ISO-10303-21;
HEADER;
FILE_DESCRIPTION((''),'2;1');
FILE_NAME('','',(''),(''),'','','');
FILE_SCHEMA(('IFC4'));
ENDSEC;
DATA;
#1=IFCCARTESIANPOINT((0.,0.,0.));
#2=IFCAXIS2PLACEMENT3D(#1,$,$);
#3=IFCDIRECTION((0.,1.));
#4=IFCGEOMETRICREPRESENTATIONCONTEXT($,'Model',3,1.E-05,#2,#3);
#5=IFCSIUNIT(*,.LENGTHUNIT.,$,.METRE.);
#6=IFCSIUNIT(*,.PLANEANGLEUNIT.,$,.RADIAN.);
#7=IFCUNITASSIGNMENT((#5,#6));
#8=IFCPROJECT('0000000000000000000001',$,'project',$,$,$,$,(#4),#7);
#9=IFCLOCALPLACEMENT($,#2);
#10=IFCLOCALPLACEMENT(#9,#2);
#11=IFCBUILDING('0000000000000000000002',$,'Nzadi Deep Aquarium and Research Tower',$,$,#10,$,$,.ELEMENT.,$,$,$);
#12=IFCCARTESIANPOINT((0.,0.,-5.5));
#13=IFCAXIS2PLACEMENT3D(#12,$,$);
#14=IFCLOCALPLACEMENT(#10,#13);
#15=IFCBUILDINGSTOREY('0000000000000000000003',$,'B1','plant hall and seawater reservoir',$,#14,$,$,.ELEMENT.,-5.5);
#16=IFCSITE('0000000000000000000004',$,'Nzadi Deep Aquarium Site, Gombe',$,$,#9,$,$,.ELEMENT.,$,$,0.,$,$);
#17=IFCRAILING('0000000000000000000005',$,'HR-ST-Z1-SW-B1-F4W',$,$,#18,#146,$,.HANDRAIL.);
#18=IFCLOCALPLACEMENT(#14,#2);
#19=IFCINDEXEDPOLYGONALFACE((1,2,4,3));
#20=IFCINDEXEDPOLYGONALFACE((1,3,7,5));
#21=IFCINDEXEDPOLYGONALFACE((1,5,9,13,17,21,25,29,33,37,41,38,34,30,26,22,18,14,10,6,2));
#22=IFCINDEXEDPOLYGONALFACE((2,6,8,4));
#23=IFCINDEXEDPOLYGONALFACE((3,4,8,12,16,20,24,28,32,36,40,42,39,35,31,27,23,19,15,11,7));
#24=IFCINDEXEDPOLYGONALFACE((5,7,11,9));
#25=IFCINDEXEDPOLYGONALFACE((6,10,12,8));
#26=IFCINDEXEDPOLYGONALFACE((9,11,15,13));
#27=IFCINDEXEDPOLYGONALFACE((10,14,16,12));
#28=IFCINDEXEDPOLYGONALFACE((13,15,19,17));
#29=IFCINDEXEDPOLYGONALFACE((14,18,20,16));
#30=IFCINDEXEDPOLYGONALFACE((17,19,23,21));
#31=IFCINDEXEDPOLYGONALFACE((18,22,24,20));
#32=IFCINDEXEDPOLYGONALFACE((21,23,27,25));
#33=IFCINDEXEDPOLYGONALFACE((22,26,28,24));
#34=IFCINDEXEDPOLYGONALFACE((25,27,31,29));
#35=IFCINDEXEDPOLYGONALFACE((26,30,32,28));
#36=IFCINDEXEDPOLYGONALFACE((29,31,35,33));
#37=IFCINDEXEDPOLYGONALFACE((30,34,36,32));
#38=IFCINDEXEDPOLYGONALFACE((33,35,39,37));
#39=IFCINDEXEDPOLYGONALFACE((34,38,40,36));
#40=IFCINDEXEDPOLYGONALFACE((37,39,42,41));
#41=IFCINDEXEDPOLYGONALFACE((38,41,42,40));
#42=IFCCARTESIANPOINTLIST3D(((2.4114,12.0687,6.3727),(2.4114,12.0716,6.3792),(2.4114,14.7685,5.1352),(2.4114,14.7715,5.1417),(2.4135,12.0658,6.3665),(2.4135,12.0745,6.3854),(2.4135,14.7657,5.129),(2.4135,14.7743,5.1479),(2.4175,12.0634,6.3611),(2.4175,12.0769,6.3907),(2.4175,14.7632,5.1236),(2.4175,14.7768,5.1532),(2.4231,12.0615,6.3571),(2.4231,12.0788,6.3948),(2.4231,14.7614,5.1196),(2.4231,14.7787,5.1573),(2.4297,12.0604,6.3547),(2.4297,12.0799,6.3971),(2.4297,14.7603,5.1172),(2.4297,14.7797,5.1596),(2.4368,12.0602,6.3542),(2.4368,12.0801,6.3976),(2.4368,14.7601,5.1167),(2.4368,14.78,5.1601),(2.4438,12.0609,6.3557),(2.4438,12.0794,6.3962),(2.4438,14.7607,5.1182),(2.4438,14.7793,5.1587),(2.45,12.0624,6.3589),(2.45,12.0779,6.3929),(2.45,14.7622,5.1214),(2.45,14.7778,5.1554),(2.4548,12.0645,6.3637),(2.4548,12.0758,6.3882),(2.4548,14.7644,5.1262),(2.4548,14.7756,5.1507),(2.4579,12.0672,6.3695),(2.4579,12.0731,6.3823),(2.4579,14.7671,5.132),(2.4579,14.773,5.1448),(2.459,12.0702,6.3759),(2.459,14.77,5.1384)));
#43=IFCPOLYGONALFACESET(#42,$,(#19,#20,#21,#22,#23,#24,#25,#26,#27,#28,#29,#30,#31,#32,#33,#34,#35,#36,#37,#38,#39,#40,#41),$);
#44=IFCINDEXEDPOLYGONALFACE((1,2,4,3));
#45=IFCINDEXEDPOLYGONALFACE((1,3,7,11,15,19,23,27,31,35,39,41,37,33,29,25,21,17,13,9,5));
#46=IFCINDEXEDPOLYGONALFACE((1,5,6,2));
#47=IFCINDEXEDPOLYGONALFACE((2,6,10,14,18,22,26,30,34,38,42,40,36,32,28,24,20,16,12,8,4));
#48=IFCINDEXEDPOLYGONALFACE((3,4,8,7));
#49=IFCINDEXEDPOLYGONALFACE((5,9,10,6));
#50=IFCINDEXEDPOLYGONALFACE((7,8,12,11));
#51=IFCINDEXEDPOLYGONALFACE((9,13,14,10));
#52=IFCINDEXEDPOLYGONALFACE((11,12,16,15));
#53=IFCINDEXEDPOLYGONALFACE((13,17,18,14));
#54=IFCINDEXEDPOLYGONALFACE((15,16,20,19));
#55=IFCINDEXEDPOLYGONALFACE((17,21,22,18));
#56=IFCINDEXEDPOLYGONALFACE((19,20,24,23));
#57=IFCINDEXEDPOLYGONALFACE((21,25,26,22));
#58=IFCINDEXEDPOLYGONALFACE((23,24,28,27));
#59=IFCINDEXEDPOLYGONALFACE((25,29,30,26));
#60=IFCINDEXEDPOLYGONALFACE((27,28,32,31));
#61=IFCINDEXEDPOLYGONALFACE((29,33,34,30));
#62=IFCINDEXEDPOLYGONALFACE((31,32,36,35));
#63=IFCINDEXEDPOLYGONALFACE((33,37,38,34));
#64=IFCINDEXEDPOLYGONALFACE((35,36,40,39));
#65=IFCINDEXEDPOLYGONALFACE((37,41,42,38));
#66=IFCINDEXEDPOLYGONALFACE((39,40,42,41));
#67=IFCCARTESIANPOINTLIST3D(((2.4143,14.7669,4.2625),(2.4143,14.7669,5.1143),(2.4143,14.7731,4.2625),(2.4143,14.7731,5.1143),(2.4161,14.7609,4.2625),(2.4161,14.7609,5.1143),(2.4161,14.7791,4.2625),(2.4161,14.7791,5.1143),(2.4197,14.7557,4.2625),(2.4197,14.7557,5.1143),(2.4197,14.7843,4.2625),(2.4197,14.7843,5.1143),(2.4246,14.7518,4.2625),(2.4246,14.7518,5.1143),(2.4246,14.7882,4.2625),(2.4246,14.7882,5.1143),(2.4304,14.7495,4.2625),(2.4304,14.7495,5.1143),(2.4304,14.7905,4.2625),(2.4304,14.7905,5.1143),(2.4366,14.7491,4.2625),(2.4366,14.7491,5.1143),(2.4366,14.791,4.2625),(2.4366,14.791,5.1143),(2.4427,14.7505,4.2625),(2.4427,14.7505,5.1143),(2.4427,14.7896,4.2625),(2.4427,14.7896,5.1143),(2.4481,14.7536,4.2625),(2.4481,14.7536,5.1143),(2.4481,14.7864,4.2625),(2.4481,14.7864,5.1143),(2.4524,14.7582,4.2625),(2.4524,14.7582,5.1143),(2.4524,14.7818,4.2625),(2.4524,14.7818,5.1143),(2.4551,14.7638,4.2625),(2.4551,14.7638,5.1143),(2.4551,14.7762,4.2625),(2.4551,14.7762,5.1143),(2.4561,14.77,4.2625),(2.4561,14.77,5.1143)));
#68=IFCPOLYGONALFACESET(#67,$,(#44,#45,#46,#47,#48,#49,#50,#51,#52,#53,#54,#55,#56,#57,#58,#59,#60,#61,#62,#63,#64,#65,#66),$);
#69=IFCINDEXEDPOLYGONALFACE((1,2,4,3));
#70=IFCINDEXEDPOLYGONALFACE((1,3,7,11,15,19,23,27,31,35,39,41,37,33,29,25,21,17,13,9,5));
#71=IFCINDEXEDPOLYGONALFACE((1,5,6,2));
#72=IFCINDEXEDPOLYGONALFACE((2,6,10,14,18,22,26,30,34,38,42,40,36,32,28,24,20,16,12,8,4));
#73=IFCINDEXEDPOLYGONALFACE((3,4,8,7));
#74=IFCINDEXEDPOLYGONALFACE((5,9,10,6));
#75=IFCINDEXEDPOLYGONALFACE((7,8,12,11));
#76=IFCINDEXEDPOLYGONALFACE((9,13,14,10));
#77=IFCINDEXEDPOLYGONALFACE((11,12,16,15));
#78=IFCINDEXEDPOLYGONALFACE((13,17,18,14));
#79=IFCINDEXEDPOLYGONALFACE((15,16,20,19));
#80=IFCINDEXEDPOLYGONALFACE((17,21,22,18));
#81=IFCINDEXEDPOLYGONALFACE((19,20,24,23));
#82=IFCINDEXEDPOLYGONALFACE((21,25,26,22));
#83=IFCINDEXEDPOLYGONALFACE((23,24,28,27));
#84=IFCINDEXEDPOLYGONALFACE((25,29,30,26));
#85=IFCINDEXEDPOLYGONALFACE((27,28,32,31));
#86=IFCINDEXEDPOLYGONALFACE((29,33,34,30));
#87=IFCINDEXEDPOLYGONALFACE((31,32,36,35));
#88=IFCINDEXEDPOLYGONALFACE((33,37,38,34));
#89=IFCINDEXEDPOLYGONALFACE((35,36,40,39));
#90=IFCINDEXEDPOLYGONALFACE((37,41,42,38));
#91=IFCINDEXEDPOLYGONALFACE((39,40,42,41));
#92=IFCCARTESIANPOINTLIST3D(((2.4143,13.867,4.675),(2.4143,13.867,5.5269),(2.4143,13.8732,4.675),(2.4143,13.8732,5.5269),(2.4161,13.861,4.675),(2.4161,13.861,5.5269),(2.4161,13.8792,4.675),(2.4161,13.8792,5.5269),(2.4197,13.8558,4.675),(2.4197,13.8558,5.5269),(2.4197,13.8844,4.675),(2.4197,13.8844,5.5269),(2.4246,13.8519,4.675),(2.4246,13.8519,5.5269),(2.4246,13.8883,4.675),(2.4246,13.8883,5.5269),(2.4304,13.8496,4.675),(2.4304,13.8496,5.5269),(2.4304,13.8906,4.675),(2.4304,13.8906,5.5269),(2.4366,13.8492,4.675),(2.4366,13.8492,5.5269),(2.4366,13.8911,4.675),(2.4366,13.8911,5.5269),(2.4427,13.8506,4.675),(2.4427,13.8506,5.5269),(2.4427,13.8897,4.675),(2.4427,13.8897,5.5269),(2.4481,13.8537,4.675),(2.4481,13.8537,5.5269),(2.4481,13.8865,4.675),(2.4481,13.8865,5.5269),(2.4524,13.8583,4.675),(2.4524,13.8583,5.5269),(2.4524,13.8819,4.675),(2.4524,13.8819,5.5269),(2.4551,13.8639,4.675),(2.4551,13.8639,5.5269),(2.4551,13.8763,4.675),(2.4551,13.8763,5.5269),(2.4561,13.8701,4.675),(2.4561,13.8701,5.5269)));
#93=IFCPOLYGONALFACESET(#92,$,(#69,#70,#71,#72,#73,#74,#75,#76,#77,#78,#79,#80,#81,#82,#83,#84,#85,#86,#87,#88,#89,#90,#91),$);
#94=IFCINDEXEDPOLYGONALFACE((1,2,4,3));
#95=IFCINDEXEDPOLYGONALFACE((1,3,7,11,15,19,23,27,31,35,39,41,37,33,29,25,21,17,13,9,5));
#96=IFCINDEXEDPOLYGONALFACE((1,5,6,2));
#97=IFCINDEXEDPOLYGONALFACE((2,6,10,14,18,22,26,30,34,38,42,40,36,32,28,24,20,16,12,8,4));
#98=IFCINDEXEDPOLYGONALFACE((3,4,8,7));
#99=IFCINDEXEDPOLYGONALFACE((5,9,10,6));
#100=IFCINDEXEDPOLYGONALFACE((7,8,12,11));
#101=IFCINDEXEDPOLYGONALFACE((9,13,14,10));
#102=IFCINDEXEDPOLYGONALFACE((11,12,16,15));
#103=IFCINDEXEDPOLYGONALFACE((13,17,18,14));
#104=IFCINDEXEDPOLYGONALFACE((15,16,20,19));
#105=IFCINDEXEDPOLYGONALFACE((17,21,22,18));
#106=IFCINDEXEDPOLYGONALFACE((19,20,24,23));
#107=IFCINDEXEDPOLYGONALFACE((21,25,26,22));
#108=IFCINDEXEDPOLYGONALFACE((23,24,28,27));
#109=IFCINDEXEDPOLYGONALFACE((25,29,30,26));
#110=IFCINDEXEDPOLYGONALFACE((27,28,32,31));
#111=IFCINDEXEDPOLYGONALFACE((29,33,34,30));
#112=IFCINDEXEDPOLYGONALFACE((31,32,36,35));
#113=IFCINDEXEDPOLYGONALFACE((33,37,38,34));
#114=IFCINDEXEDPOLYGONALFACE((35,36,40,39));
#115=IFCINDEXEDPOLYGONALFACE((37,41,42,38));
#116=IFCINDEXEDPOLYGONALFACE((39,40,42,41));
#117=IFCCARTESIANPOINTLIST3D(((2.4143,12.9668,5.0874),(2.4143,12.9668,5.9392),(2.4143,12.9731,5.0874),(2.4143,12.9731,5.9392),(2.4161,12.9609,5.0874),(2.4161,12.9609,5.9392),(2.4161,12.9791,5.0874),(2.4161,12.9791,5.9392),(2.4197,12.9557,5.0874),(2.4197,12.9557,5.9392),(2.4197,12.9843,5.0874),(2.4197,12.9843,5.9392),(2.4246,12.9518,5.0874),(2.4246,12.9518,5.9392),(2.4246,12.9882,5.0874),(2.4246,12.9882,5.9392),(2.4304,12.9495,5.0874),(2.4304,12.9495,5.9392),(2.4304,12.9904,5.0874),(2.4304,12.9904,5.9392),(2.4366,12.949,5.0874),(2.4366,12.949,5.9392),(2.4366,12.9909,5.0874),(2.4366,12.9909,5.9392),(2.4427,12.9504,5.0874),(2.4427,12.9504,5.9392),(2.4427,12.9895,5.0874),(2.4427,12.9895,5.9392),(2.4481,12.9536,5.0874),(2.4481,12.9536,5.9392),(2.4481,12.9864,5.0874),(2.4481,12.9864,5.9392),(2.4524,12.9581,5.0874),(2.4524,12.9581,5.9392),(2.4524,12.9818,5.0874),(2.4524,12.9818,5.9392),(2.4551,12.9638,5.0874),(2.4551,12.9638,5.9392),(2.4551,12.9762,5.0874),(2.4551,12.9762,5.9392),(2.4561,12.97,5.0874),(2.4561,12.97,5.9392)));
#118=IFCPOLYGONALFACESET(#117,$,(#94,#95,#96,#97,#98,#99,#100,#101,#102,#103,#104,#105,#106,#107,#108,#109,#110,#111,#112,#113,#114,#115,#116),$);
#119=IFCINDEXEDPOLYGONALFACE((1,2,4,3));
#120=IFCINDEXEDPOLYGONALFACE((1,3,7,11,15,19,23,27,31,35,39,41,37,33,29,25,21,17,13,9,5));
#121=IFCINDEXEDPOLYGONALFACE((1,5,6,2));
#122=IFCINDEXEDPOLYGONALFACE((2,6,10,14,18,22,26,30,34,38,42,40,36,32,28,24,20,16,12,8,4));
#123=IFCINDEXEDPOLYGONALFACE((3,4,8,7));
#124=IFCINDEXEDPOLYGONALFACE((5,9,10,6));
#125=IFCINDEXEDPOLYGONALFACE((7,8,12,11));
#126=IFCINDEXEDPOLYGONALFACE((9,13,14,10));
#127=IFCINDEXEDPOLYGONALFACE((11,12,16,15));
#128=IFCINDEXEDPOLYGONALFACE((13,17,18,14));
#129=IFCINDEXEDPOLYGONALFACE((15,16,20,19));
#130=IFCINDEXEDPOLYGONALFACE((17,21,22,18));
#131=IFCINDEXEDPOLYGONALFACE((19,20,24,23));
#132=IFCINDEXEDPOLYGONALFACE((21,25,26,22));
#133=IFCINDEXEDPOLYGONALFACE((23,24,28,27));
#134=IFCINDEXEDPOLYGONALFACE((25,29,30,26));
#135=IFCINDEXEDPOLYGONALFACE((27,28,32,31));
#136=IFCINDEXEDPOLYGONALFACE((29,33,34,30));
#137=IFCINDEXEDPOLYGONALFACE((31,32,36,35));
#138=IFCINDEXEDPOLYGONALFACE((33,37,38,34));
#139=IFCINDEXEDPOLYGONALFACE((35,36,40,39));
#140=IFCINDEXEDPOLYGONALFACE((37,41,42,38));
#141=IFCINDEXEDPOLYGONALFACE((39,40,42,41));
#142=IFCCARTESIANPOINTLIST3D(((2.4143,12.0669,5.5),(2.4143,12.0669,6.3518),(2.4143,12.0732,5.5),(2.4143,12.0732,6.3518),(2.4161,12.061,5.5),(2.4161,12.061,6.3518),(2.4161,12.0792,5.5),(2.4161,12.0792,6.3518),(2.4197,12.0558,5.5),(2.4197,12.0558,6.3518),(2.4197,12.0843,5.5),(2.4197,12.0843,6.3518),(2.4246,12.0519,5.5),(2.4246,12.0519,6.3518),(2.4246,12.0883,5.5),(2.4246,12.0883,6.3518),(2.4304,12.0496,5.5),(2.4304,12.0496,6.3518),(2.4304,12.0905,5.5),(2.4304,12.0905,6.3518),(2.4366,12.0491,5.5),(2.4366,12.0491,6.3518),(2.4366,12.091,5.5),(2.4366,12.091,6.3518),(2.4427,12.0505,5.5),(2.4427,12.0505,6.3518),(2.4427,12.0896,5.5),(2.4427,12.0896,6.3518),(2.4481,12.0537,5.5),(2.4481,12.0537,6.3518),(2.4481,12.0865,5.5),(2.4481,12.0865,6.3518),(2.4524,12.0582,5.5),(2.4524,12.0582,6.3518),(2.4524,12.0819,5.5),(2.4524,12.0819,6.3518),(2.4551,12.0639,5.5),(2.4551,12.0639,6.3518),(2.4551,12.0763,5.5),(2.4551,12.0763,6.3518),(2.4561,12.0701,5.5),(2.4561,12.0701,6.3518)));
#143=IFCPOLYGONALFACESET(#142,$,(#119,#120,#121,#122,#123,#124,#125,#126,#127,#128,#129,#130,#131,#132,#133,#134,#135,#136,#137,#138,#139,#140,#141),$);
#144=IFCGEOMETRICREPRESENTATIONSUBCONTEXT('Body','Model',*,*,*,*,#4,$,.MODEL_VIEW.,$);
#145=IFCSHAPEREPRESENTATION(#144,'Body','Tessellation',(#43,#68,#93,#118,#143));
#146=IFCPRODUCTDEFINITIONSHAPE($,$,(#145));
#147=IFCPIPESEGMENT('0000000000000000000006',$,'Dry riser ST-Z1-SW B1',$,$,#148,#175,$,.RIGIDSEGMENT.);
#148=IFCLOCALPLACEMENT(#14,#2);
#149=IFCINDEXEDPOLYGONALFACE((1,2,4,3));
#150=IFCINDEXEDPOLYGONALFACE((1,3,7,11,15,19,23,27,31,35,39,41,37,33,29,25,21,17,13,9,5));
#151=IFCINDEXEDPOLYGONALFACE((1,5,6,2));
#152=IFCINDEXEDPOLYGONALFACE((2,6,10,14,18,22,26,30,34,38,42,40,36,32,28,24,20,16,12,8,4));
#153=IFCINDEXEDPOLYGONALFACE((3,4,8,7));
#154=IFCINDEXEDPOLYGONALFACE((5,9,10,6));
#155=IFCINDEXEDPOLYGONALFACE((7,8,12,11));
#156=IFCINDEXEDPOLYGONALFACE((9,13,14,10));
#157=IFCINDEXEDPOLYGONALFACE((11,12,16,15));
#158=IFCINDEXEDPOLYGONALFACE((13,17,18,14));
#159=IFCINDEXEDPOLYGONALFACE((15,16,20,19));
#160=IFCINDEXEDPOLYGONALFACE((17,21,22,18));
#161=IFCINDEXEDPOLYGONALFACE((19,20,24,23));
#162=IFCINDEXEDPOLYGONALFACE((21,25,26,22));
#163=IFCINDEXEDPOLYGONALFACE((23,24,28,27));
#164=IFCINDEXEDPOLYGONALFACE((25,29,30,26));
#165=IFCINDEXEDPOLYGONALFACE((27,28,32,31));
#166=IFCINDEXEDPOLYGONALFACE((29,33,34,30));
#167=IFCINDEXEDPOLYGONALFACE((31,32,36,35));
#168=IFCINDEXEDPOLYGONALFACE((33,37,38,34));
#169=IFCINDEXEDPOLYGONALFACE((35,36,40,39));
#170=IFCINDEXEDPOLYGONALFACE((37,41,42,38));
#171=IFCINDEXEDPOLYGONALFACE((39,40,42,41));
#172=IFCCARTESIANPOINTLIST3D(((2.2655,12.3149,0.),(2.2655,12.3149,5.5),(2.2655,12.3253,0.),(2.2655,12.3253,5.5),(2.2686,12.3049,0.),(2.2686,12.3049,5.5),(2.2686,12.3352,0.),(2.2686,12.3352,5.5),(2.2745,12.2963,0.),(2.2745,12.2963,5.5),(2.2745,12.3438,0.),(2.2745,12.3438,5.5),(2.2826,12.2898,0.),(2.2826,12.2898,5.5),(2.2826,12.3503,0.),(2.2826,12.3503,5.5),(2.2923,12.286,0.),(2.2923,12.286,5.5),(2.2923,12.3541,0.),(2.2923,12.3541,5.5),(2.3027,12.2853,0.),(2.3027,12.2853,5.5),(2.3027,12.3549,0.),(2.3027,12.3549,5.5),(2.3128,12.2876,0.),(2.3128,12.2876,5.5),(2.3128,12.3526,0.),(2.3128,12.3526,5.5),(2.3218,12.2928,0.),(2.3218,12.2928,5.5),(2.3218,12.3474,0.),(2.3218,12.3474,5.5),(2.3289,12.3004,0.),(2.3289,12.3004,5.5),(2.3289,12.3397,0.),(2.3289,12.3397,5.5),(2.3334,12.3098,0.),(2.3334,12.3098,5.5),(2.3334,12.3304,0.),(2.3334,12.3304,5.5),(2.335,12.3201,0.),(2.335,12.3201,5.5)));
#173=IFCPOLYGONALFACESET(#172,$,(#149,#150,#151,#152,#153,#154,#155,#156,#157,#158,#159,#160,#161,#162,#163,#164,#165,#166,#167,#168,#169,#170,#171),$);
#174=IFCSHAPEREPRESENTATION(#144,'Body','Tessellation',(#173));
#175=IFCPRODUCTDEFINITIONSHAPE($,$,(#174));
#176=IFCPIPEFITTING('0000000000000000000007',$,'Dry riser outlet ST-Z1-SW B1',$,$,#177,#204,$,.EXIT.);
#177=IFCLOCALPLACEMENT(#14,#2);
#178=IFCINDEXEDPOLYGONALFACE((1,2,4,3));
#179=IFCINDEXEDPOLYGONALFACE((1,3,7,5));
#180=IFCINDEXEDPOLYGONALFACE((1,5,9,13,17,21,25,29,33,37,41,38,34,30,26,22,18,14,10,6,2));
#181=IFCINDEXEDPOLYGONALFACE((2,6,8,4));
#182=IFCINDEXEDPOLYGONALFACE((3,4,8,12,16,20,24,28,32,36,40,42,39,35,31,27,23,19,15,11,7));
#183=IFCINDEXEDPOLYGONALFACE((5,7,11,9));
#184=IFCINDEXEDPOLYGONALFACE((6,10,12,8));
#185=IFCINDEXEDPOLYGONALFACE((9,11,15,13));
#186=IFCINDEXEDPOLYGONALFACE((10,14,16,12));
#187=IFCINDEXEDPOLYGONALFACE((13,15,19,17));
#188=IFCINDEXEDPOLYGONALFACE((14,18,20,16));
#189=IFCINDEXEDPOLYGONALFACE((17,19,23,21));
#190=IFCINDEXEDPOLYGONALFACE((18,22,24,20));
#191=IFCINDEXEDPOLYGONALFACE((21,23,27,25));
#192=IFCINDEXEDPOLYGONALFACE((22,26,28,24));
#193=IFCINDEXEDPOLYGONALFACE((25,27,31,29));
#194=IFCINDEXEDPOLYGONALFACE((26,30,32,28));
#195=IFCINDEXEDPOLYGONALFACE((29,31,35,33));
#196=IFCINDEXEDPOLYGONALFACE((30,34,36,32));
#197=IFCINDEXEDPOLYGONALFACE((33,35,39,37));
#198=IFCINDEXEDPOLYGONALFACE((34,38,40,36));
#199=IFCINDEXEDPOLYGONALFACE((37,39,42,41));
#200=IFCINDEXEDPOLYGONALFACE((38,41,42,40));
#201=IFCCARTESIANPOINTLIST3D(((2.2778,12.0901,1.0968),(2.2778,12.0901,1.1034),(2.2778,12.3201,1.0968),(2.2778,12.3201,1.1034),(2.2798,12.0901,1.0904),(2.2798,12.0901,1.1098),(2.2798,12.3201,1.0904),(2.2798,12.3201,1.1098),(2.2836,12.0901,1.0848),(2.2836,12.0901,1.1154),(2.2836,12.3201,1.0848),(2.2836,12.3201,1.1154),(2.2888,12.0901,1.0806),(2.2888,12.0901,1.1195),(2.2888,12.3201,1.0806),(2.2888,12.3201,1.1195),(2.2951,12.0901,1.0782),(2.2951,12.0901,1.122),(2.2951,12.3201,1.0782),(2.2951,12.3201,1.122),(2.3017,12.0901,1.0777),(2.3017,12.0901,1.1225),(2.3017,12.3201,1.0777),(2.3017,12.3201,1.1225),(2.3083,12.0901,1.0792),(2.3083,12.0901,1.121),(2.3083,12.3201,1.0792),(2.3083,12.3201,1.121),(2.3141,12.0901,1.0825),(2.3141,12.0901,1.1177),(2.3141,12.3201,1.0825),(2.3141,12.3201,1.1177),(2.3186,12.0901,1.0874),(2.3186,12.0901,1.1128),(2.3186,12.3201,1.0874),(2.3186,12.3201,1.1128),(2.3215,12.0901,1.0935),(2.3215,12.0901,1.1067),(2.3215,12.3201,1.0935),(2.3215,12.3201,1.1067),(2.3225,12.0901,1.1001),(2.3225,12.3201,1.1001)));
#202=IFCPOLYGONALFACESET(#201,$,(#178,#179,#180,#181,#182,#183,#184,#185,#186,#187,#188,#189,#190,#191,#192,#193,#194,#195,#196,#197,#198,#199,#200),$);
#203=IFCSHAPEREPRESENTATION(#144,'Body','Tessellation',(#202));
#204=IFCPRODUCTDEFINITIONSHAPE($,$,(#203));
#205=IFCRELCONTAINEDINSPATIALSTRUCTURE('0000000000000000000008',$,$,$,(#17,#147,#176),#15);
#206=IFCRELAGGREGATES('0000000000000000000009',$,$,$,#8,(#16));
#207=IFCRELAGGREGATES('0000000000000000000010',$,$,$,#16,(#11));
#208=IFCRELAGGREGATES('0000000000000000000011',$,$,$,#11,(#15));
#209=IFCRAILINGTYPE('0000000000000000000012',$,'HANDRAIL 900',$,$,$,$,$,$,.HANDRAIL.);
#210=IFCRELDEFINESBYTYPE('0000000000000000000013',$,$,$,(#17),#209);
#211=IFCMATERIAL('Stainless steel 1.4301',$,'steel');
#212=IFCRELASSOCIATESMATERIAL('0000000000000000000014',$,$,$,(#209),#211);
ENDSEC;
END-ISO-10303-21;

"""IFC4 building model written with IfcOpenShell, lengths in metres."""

from ifc_helpers import new_model, si_unit, direction, frame, origin, origin_2d, place, context, subcontext, project, spatial, circle, extrude, material, type_object, element, save


model = new_model("IFC4")

# Units and contexts
model_context = context("Model", 3, precision=1e-05, world=origin(), true_north=direction((0.0, 1.0)))
body_context = subcontext(model_context, "Body", "Model", "MODEL_VIEW")
ifc_project = project(units=[si_unit("LENGTHUNIT", "METRE"), si_unit("PLANEANGLEUNIT", "RADIAN")], contexts=[model_context])

# Site, building, storey
site_placement = place(None, origin())
site = spatial("IfcSite", under=ifc_project, at=site_placement, Name="Nzadi Deep Aquarium Site, Gombe", CompositionType="ELEMENT", RefElevation=0.0)
building_placement = place(site_placement, origin())
building = spatial("IfcBuilding", under=site, at=building_placement, Name="Nzadi Deep Aquarium and Research Tower", CompositionType="ELEMENT")
storey_placement = place(building_placement, frame((0.0, 0.0, -5.5)))
storey = spatial("IfcBuildingStorey", under=building, at=storey_placement, Name="B1", Description="plant hall and seawater reservoir", CompositionType="ELEMENT", Elevation=-5.5)

# Railing
ifc_material_1 = material(Name="Stainless steel 1.4301", Category="steel")
railing_type = type_object("IfcRailingType", Name="HANDRAIL 900", PredefinedType="HANDRAIL", material=ifc_material_1)
railing_1_placement = place(storey_placement, frame((2.4351, 14.77, 4.2625)))
element("IfcRailing", 1, at=railing_1_placement, inside=storey, type_object=railing_type, Name="HR-ST-Z1-SW-B1-F4W", PredefinedType="HANDRAIL", context=body_context, shape_type="SweptSolid", body=[
    extrude(circle(Radius=0.0239, at=origin_2d()), frame((0.0, 0.0, 0.876), z_axis=(0.0, -0.909056, 0.416675), x_axis=(1.0, 0.0, 0.0)), (0.0, 0.0, 1.0), 2.97),
    extrude(circle(Radius=0.021, at=origin_2d()), origin(), (0.0, 0.0, 1.0), 0.8518),
    extrude(circle(Radius=0.021, at=origin_2d()), frame((0.0, -0.8999, 0.4126)), (0.0, 0.0, 1.0), 0.8518),
    extrude(circle(Radius=0.021, at=origin_2d()), frame((0.0, -1.8, 0.825)), (0.0, 0.0, 1.0), 0.8518),
    extrude(circle(Radius=0.021, at=origin_2d()), frame((0.0, -2.7, 1.2375)), (0.0, 0.0, 1.0), 0.8518),
])

# Pipe segment
pipe_segment_placement = place(storey_placement, frame((2.3, 12.3201, 0.0), z_axis=(0.0, 0.0, 1.0), x_axis=(1.0, 0.0, 0.0)))
element("IfcPipeSegment", 2, at=pipe_segment_placement, inside=storey, Name="Dry riser ST-Z1-SW B1", PredefinedType="RIGIDSEGMENT", context=body_context, shape_type="SweptSolid", body=[
    extrude(circle(Radius=0.0349, at=origin_2d()), origin(), (0.0, 0.0, 1.0), 5.5),
])

# Pipe fitting
pipe_fitting_placement = place(storey_placement, frame((2.3, 12.3201, 1.1001), z_axis=(0.0, -1.0, 0.0), x_axis=(1.0, 0.0, 0.0)))
element("IfcPipeFitting", 3, at=pipe_fitting_placement, inside=storey, Name="Dry riser outlet ST-Z1-SW B1", PredefinedType="EXIT", context=body_context, shape_type="SweptSolid", body=[
    extrude(circle(Radius=0.0225, at=origin_2d()), origin(), (0.0, 0.0, 1.0), 0.23),
])

save(model, "model.ifc")
